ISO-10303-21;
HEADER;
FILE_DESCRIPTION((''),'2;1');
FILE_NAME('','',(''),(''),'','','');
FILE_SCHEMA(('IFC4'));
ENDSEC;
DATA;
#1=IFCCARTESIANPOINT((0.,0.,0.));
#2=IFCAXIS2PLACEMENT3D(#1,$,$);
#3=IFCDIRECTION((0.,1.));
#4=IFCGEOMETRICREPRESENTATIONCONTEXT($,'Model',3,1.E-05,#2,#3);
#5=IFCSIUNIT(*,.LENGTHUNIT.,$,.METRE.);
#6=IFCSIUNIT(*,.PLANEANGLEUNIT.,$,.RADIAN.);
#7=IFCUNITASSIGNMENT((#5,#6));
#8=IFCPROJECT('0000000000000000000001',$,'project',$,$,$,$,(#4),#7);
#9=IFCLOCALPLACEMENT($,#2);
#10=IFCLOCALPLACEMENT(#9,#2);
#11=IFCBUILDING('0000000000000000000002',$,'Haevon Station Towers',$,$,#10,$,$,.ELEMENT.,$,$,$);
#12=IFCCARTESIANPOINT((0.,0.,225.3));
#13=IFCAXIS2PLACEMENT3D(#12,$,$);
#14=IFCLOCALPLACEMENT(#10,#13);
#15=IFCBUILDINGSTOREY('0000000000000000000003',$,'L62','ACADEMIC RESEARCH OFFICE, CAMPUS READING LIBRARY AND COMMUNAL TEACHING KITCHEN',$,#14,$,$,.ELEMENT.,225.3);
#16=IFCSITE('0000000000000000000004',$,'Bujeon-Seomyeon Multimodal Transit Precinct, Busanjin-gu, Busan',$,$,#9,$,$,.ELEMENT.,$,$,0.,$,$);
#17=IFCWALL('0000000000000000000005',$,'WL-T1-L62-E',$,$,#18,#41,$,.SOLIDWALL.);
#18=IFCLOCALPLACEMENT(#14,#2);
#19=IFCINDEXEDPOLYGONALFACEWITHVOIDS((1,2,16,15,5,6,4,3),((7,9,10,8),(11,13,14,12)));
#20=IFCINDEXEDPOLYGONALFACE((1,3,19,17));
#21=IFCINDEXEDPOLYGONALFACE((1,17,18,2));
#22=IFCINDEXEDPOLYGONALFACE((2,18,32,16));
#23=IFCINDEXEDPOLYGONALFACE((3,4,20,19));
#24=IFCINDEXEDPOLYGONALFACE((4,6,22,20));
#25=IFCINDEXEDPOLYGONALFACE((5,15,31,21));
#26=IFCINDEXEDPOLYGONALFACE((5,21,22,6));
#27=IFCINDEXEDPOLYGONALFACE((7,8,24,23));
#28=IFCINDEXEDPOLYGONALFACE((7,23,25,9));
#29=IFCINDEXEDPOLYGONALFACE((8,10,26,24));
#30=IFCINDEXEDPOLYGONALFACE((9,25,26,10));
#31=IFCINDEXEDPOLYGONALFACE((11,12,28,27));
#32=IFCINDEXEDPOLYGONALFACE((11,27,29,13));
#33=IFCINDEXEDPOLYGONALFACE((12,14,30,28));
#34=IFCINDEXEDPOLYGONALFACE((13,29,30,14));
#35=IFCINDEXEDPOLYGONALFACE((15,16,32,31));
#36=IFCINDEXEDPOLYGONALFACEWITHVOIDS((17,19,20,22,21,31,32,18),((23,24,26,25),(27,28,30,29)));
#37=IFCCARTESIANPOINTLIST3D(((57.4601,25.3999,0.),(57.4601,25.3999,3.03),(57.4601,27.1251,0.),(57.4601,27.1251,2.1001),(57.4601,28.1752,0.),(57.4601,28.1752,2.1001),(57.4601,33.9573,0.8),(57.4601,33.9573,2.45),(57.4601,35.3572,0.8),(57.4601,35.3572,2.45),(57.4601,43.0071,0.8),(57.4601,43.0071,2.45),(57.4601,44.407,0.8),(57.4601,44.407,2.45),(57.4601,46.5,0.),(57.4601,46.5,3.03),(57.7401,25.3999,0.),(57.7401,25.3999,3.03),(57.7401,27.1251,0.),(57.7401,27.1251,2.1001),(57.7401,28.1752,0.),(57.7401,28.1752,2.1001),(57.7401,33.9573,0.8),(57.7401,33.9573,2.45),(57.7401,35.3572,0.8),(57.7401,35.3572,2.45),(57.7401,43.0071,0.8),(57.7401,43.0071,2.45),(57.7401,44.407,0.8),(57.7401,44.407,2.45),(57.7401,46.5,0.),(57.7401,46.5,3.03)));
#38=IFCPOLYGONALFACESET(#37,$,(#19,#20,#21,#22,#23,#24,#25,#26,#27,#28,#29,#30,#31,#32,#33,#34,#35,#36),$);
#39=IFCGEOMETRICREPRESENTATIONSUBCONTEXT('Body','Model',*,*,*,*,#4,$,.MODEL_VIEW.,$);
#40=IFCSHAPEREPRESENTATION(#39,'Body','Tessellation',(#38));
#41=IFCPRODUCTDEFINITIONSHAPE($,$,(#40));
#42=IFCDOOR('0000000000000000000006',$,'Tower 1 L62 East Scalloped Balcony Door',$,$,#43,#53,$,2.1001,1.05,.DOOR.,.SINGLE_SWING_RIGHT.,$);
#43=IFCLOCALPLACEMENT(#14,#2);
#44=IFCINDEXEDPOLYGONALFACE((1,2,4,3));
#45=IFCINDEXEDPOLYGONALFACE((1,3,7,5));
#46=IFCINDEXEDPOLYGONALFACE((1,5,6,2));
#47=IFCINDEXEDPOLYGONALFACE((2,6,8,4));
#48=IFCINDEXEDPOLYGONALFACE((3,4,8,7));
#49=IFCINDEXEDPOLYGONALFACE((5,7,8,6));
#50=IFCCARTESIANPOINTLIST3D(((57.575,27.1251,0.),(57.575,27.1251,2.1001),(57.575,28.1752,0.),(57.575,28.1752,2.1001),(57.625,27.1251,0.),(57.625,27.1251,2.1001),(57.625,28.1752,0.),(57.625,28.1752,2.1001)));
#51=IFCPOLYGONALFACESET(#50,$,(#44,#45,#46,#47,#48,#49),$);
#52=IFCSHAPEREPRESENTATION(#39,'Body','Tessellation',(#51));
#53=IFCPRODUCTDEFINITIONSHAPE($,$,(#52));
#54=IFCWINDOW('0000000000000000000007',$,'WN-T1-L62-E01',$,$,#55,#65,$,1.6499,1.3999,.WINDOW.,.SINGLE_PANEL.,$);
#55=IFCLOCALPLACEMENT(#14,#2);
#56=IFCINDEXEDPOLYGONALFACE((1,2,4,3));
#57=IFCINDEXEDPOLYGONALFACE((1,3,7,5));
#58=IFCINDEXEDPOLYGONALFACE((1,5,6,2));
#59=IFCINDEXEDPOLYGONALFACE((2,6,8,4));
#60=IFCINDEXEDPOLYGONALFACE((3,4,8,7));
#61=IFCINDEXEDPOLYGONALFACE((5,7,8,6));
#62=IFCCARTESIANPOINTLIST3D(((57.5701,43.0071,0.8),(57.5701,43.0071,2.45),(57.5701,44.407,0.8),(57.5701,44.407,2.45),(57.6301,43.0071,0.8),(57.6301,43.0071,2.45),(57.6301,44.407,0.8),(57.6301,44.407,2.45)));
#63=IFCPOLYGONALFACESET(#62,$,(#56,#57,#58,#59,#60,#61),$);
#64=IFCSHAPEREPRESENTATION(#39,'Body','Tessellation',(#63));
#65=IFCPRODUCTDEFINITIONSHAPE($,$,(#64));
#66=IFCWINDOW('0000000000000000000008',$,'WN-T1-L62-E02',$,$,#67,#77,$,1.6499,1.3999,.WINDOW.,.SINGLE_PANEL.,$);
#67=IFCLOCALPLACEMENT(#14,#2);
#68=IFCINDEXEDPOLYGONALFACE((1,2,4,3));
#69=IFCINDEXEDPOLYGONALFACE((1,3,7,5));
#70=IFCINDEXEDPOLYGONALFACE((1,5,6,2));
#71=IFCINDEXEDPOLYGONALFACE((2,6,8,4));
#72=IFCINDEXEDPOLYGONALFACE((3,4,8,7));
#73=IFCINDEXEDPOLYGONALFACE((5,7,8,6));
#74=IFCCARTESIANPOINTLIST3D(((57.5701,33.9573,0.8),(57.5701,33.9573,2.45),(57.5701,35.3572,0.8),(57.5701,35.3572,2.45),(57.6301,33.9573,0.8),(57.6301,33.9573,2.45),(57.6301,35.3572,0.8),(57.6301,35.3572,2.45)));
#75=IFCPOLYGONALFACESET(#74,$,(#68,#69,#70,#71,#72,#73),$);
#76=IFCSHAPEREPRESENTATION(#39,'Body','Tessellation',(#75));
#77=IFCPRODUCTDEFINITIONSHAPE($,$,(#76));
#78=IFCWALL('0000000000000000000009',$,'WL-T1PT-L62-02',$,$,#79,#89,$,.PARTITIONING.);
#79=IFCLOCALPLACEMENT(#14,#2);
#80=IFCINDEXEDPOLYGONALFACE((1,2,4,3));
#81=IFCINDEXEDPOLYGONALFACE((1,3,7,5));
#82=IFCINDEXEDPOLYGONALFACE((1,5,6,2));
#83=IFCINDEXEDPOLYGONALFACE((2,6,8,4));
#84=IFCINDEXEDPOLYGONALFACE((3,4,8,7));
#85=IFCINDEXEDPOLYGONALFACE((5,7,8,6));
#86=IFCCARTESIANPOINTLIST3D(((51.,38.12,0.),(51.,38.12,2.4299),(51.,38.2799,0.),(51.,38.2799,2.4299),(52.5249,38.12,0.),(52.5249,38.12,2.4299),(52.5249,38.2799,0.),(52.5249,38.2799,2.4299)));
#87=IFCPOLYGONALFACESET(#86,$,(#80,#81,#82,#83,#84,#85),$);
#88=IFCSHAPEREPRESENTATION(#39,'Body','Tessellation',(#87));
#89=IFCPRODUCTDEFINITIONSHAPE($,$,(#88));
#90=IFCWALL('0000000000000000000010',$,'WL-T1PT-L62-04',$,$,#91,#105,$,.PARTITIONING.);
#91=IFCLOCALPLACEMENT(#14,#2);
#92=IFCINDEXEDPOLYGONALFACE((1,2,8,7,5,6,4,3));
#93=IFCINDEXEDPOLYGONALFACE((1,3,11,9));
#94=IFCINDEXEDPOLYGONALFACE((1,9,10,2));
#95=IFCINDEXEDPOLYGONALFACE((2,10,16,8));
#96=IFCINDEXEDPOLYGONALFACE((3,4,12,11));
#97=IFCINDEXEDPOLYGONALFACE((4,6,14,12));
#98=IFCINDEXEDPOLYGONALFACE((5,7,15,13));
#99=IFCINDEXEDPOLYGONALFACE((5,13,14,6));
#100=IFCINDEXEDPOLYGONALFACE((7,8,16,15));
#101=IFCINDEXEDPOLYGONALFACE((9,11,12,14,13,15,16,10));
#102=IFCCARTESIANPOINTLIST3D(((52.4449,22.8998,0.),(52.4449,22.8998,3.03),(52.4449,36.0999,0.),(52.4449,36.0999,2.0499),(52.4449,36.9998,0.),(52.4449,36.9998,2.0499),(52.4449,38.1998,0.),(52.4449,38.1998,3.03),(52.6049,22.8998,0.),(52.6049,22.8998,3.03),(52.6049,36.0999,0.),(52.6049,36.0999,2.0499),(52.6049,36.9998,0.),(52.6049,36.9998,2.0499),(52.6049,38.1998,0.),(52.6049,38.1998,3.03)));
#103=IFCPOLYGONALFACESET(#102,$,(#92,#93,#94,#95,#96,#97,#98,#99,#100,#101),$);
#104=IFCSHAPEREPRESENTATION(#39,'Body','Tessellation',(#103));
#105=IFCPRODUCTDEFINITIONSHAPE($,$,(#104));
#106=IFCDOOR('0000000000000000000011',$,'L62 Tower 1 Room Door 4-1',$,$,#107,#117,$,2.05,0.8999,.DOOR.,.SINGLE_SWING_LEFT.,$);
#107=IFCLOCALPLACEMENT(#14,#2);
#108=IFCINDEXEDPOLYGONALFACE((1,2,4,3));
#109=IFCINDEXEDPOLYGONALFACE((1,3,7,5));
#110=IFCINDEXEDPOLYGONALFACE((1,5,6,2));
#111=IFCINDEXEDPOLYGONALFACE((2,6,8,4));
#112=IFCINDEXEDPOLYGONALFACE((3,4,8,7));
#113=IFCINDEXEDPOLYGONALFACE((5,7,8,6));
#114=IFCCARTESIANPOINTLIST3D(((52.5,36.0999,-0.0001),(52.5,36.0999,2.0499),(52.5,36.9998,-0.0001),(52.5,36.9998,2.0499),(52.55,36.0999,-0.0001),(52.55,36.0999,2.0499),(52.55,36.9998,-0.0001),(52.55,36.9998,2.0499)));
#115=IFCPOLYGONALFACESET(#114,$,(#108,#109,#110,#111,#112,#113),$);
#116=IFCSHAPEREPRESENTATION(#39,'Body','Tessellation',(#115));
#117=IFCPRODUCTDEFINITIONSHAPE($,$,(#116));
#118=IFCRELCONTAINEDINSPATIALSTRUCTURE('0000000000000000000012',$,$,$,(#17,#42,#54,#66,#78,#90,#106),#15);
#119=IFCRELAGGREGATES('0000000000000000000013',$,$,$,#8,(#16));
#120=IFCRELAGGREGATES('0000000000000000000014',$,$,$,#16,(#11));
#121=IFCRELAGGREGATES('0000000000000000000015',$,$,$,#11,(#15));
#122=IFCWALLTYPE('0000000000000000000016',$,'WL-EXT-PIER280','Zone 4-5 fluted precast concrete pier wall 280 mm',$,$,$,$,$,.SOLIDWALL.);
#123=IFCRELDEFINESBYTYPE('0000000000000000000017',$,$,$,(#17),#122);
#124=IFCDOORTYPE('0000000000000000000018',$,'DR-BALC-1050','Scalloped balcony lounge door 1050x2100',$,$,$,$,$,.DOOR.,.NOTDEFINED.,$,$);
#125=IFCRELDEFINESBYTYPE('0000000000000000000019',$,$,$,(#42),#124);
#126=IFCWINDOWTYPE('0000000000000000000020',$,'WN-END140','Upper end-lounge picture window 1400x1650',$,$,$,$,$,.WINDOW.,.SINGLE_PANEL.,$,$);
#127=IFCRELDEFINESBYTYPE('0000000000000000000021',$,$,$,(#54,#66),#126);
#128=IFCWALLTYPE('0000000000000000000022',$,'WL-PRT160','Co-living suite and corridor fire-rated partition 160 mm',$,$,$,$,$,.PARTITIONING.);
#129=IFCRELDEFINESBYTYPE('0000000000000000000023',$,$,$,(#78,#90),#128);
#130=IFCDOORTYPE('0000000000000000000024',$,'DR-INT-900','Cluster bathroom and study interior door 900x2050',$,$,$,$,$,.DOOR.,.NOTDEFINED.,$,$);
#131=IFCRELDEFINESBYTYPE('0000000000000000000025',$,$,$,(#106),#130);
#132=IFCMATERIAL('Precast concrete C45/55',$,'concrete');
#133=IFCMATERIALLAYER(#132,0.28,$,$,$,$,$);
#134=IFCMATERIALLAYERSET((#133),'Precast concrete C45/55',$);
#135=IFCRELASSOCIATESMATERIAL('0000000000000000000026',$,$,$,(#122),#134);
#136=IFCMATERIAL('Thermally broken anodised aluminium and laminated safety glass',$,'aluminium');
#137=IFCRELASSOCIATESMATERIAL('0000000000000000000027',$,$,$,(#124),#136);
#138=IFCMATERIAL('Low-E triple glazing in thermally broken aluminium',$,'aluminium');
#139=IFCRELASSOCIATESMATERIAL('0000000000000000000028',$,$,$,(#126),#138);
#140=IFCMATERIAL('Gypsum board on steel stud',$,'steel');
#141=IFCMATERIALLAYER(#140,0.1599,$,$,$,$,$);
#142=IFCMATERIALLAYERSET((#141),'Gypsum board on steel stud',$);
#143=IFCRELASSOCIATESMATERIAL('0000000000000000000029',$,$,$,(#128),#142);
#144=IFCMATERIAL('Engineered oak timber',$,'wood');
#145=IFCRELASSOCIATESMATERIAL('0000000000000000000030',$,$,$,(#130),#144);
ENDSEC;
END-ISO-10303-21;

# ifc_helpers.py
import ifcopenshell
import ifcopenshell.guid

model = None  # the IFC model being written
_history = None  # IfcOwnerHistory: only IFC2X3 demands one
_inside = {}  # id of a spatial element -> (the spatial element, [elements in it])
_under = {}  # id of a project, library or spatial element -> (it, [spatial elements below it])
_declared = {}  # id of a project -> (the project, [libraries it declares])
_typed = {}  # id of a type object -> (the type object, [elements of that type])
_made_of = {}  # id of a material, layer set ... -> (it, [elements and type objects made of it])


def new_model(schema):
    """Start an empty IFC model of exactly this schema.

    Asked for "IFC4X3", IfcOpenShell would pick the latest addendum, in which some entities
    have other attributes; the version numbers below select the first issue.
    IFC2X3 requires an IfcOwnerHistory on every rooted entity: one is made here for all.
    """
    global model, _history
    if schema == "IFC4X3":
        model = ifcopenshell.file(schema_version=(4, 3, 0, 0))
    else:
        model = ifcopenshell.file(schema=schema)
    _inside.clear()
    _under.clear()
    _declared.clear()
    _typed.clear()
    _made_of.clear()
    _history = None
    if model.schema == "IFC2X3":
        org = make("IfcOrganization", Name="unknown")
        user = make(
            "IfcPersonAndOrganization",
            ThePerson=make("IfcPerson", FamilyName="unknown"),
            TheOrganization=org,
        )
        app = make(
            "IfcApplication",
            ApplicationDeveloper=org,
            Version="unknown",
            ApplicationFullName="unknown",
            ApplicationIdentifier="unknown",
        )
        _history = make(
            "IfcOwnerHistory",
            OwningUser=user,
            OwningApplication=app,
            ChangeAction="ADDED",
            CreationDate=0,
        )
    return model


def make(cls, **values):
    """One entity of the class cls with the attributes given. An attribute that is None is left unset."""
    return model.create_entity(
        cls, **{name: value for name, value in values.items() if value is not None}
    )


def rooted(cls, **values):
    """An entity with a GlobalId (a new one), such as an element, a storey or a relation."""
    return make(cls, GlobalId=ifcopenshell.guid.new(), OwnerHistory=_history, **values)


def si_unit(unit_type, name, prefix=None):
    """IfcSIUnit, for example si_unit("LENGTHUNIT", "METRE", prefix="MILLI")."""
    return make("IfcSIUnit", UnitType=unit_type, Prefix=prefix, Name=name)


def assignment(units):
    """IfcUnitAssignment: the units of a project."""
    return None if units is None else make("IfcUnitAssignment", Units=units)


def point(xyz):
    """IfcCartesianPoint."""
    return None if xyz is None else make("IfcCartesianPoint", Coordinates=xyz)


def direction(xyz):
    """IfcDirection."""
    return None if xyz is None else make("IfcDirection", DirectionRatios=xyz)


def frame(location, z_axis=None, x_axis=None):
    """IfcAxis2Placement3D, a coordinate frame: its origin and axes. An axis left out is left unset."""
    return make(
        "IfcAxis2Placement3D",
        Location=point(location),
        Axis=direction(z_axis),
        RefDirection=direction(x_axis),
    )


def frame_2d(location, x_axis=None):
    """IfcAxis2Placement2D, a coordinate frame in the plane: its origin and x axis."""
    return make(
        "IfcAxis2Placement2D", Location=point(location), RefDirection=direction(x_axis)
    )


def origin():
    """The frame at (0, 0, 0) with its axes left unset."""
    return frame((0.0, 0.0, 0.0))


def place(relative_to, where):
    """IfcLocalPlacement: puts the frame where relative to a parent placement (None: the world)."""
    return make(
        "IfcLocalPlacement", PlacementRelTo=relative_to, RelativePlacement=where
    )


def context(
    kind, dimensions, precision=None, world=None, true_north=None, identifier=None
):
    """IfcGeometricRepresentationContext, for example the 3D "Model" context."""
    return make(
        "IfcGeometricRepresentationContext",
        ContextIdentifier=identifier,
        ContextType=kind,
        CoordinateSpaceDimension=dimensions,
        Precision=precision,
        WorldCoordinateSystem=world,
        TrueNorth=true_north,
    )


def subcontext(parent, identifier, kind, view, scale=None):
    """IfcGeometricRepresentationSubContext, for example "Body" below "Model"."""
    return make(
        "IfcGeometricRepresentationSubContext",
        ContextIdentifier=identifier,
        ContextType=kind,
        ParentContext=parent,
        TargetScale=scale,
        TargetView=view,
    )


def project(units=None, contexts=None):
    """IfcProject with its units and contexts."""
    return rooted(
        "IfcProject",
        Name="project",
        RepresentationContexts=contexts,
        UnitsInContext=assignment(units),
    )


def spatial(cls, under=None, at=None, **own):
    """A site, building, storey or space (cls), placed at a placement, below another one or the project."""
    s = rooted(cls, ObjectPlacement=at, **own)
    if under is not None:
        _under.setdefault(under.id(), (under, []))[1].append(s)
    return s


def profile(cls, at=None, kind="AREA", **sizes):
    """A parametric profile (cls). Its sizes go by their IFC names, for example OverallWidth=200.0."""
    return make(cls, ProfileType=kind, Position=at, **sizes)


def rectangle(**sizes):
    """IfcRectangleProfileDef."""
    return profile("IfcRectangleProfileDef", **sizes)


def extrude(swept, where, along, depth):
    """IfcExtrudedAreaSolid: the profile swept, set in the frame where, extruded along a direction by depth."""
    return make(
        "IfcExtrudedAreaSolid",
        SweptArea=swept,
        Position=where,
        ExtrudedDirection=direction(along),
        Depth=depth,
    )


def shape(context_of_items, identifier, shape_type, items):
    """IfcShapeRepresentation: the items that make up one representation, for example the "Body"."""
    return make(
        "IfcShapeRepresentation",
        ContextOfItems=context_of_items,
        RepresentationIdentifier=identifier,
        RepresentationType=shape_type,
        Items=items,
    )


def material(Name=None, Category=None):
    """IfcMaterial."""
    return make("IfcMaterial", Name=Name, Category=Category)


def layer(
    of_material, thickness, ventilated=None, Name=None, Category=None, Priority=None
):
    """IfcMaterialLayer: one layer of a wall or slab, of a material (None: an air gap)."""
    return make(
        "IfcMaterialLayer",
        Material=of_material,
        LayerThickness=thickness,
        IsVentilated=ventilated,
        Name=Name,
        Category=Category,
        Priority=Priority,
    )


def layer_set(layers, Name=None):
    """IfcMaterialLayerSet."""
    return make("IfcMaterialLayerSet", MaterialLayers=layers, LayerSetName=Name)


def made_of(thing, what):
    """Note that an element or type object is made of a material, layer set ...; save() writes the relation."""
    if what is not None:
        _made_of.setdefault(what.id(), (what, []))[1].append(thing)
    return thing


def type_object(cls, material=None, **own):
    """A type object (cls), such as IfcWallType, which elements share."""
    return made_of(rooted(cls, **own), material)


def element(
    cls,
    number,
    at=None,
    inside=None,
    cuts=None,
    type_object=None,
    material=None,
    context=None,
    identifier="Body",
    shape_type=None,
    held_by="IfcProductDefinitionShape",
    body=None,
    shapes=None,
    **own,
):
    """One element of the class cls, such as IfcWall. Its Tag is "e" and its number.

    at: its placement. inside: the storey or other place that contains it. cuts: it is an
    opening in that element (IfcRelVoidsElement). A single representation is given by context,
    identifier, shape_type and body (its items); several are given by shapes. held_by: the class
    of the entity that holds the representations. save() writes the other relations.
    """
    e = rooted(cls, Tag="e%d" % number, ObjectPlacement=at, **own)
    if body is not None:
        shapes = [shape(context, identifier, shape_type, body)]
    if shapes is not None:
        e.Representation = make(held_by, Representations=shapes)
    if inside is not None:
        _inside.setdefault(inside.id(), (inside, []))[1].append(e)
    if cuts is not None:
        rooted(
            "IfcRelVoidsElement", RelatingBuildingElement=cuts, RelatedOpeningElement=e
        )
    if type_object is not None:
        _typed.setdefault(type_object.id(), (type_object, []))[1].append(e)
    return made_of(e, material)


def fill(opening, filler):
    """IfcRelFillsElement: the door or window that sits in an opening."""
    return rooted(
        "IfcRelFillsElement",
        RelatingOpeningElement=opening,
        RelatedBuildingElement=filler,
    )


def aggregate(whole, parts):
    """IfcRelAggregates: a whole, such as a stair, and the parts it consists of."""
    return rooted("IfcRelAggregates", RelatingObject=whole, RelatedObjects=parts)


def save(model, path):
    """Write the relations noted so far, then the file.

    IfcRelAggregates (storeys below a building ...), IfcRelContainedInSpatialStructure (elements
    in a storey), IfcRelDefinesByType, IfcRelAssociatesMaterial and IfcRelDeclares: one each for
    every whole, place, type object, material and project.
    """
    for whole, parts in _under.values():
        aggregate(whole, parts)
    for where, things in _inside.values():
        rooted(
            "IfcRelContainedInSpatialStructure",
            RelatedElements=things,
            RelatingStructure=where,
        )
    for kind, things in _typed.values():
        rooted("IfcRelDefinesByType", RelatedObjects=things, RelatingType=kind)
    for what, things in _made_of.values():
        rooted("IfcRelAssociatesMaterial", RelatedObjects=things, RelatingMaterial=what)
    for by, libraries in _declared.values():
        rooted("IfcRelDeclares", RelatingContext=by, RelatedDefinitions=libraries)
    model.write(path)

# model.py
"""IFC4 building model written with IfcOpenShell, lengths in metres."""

from ifc_helpers import new_model, si_unit, direction, frame, frame_2d, origin, place, context, subcontext, project, spatial, rectangle, extrude, material, layer, layer_set, type_object, element, fill, save


model = new_model("IFC4")

# Units and contexts
model_context = context("Model", 3, precision=1e-05, world=origin(), true_north=direction((0.0, 1.0)))
body_context = subcontext(model_context, "Body", "Model", "MODEL_VIEW")
ifc_project = project(units=[si_unit("LENGTHUNIT", "METRE"), si_unit("PLANEANGLEUNIT", "RADIAN")], contexts=[model_context])

# Site, building, storey
site_placement = place(None, origin())
site = spatial("IfcSite", under=ifc_project, at=site_placement, Name="Bujeon-Seomyeon Multimodal Transit Precinct, Busanjin-gu, Busan", CompositionType="ELEMENT", RefElevation=0.0)
building_placement = place(site_placement, origin())
building = spatial("IfcBuilding", under=site, at=building_placement, Name="Haevon Station Towers", CompositionType="ELEMENT")
storey_placement = place(building_placement, frame((0.0, 0.0, 225.3)))
storey = spatial("IfcBuildingStorey", under=building, at=storey_placement, Name="L62", Description="ACADEMIC RESEARCH OFFICE, CAMPUS READING LIBRARY AND COMMUNAL TEACHING KITCHEN", CompositionType="ELEMENT", Elevation=225.3)

# Shared definitions
ifc_material_1 = material(Name="Precast concrete C45/55", Category="concrete")
ifc_layer_1 = layer(ifc_material_1, 0.28)
ifc_layer_set_1 = layer_set([ifc_layer_1], Name="Precast concrete C45/55")
wall_type_1 = type_object("IfcWallType", Name="WL-EXT-PIER280", Description="Zone 4-5 fluted precast concrete pier wall 280 mm", PredefinedType="SOLIDWALL", material=ifc_layer_set_1)
ifc_material_2 = material(Name="Low-E triple glazing in thermally broken aluminium", Category="aluminium")

# Wall, openings, door, windows
wall_1_placement = place(storey_placement, frame((57.6001, 46.5, 0.0), z_axis=(0.0, 0.0, 1.0), x_axis=(0.0, -1.0, 0.0)))
wall_1 = element("IfcWall", 1, at=wall_1_placement, inside=storey, type_object=wall_type_1, Name="WL-T1-L62-E", PredefinedType="SOLIDWALL", context=body_context, shape_type="SweptSolid", body=[
    extrude(rectangle(XDim=21.1001, YDim=0.28, at=frame_2d((10.55, 0.0))), origin(), (0.0, 0.0, 1.0), 3.03),
])
opening_1_placement = place(wall_1_placement, frame((18.325, 0.0, 0.0)))
opening_1 = element("IfcOpeningElement", 2, at=opening_1_placement, cuts=wall_1, PredefinedType="OPENING", context=body_context, shape_type="SweptSolid", body=[
    extrude(rectangle(XDim=1.05, YDim=2.1001, at=frame_2d((0.5249, 1.05))), frame((0.0, 0.1499, 0.0), z_axis=(0.0, -1.0, 0.0), x_axis=(1.0, 0.0, 0.0)), (0.0, 0.0, 1.0), 0.3),
])
opening_2_placement = place(wall_1_placement, frame((2.093, 0.0, 0.8)))
opening_2 = element("IfcOpeningElement", 3, at=opening_2_placement, cuts=wall_1, PredefinedType="OPENING", context=body_context, shape_type="SweptSolid", body=[
    extrude(rectangle(XDim=1.3999, YDim=1.6499, at=frame_2d((0.7, 0.825))), frame((0.0, 0.1499, 0.0), z_axis=(0.0, -1.0, 0.0), x_axis=(1.0, 0.0, 0.0)), (0.0, 0.0, 1.0), 0.3),
])
opening_3_placement = place(wall_1_placement, frame((11.1428, 0.0, 0.8)))
opening_3 = element("IfcOpeningElement", 4, at=opening_3_placement, cuts=wall_1, PredefinedType="OPENING", context=body_context, shape_type="SweptSolid", body=[
    extrude(rectangle(XDim=1.3999, YDim=1.6499, at=frame_2d((0.7, 0.825))), frame((0.0, 0.1499, 0.0), z_axis=(0.0, -1.0, 0.0), x_axis=(1.0, 0.0, 0.0)), (0.0, 0.0, 1.0), 0.3),
])
ifc_material_3 = material(Name="Thermally broken anodised aluminium and laminated safety glass", Category="aluminium")
door_type_1 = type_object("IfcDoorType", Name="DR-BALC-1050", Description="Scalloped balcony lounge door 1050x2100", OperationType="NOTDEFINED", PredefinedType="DOOR", material=ifc_material_3)
door_1_placement = place(opening_1_placement, origin())
door_1 = element("IfcDoor", 5, at=door_1_placement, inside=storey, type_object=door_type_1, Name="Tower 1 L62 East Scalloped Balcony Door", OperationType="SINGLE_SWING_RIGHT", OverallHeight=2.1001, OverallWidth=1.05, PredefinedType="DOOR", context=body_context, shape_type="SweptSolid", body=[
    extrude(rectangle(XDim=1.05, YDim=2.1001, at=frame_2d((0.5249, 1.05))), frame((0.0, 0.0249, 0.0), z_axis=(0.0, -1.0, 0.0), x_axis=(1.0, 0.0, 0.0)), (0.0, 0.0, 1.0), 0.05),
])
fill(opening_1, door_1)
window_type_1 = type_object("IfcWindowType", Name="WN-END140", Description="Upper end-lounge picture window 1400x1650", PartitioningType="SINGLE_PANEL", PredefinedType="WINDOW", material=ifc_material_2)
window_1_placement = place(opening_2_placement, origin())
window_1 = element("IfcWindow", 6, at=window_1_placement, inside=storey, type_object=window_type_1, Name="WN-T1-L62-E01", OverallHeight=1.6499, OverallWidth=1.3999, PartitioningType="SINGLE_PANEL", PredefinedType="WINDOW", context=body_context, shape_type="SweptSolid", body=[
    extrude(rectangle(XDim=1.3999, YDim=1.6499, at=frame_2d((0.7, 0.825))), frame((0.0, 0.03, 0.0), z_axis=(0.0, -1.0, 0.0), x_axis=(1.0, 0.0, 0.0)), (0.0, 0.0, 1.0), 0.0601),
])
fill(opening_2, window_1)
window_2_placement = place(opening_3_placement, origin())
window_2 = element("IfcWindow", 7, at=window_2_placement, inside=storey, type_object=window_type_1, Name="WN-T1-L62-E02", OverallHeight=1.6499, OverallWidth=1.3999, PartitioningType="SINGLE_PANEL", PredefinedType="WINDOW", context=body_context, shape_type="SweptSolid", body=[
    extrude(rectangle(XDim=1.3999, YDim=1.6499, at=frame_2d((0.7, 0.825))), frame((0.0, 0.03, 0.0), z_axis=(0.0, -1.0, 0.0), x_axis=(1.0, 0.0, 0.0)), (0.0, 0.0, 1.0), 0.0601),
])
fill(opening_3, window_2)

# Wall
ifc_material_4 = material(Name="Gypsum board on steel stud", Category="steel")
ifc_layer_2 = layer(ifc_material_4, 0.1599)
ifc_layer_set_2 = layer_set([ifc_layer_2], Name="Gypsum board on steel stud")
wall_type_2 = type_object("IfcWallType", Name="WL-PRT160", Description="Co-living suite and corridor fire-rated partition 160 mm", PredefinedType="PARTITIONING", material=ifc_layer_set_2)
wall_2_placement = place(storey_placement, frame((51.0, 38.2, 0.0), z_axis=(0.0, 0.0, 1.0), x_axis=(1.0, 0.0, 0.0)))
element("IfcWall", 8, at=wall_2_placement, inside=storey, type_object=wall_type_2, Name="WL-T1PT-L62-02", PredefinedType="PARTITIONING", context=body_context, shape_type="SweptSolid", body=[
    extrude(rectangle(XDim=1.5249, YDim=0.1599, at=frame_2d((0.7625, 0.0))), origin(), (0.0, 0.0, 1.0), 2.4299),
])

# Wall, opening, door
wall_3_placement = place(storey_placement, frame((52.5249, 22.8999, 0.0), z_axis=(0.0, 0.0, 1.0), x_axis=(0.0, 1.0, 0.0)))
wall_3 = element("IfcWall", 9, at=wall_3_placement, inside=storey, type_object=wall_type_2, Name="WL-T1PT-L62-04", PredefinedType="PARTITIONING", context=body_context, shape_type="SweptSolid", body=[
    extrude(rectangle(XDim=15.3, YDim=0.1599, at=frame_2d((7.6499, 0.0))), origin(), (0.0, 0.0, 1.0), 3.03),
])
opening_4_placement = place(wall_3_placement, frame((13.2, 0.0, 0.0)))
opening_4 = element("IfcOpeningElement", 10, at=opening_4_placement, cuts=wall_3, PredefinedType="OPENING", context=body_context, shape_type="SweptSolid", body=[
    extrude(rectangle(XDim=0.8999, YDim=2.05, at=frame_2d((0.45, 1.0249))), frame((0.0, 0.0898, 0.0), z_axis=(0.0, -1.0, 0.0), x_axis=(1.0, 0.0, 0.0)), (0.0, 0.0, 1.0), 0.1799),
])
ifc_material_5 = material(Name="Engineered oak timber", Category="wood")
door_type_2 = type_object("IfcDoorType", Name="DR-INT-900", Description="Cluster bathroom and study interior door 900x2050", OperationType="NOTDEFINED", PredefinedType="DOOR", material=ifc_material_5)
door_2_placement = place(opening_4_placement, origin())
door_2 = element("IfcDoor", 11, at=door_2_placement, inside=storey, type_object=door_type_2, Name="L62 Tower 1 Room Door 4-1", OperationType="SINGLE_SWING_LEFT", OverallHeight=2.05, OverallWidth=0.8999, PredefinedType="DOOR", context=body_context, shape_type="SweptSolid", body=[
    extrude(rectangle(XDim=0.8999, YDim=2.05, at=frame_2d((0.45, 1.0249))), frame((0.0, 0.0249, 0.0), z_axis=(0.0, -1.0, 0.0), x_axis=(1.0, 0.0, 0.0)), (0.0, 0.0, 1.0), 0.05),
])
fill(opening_4, door_2)

save(model, "model.ifc")
